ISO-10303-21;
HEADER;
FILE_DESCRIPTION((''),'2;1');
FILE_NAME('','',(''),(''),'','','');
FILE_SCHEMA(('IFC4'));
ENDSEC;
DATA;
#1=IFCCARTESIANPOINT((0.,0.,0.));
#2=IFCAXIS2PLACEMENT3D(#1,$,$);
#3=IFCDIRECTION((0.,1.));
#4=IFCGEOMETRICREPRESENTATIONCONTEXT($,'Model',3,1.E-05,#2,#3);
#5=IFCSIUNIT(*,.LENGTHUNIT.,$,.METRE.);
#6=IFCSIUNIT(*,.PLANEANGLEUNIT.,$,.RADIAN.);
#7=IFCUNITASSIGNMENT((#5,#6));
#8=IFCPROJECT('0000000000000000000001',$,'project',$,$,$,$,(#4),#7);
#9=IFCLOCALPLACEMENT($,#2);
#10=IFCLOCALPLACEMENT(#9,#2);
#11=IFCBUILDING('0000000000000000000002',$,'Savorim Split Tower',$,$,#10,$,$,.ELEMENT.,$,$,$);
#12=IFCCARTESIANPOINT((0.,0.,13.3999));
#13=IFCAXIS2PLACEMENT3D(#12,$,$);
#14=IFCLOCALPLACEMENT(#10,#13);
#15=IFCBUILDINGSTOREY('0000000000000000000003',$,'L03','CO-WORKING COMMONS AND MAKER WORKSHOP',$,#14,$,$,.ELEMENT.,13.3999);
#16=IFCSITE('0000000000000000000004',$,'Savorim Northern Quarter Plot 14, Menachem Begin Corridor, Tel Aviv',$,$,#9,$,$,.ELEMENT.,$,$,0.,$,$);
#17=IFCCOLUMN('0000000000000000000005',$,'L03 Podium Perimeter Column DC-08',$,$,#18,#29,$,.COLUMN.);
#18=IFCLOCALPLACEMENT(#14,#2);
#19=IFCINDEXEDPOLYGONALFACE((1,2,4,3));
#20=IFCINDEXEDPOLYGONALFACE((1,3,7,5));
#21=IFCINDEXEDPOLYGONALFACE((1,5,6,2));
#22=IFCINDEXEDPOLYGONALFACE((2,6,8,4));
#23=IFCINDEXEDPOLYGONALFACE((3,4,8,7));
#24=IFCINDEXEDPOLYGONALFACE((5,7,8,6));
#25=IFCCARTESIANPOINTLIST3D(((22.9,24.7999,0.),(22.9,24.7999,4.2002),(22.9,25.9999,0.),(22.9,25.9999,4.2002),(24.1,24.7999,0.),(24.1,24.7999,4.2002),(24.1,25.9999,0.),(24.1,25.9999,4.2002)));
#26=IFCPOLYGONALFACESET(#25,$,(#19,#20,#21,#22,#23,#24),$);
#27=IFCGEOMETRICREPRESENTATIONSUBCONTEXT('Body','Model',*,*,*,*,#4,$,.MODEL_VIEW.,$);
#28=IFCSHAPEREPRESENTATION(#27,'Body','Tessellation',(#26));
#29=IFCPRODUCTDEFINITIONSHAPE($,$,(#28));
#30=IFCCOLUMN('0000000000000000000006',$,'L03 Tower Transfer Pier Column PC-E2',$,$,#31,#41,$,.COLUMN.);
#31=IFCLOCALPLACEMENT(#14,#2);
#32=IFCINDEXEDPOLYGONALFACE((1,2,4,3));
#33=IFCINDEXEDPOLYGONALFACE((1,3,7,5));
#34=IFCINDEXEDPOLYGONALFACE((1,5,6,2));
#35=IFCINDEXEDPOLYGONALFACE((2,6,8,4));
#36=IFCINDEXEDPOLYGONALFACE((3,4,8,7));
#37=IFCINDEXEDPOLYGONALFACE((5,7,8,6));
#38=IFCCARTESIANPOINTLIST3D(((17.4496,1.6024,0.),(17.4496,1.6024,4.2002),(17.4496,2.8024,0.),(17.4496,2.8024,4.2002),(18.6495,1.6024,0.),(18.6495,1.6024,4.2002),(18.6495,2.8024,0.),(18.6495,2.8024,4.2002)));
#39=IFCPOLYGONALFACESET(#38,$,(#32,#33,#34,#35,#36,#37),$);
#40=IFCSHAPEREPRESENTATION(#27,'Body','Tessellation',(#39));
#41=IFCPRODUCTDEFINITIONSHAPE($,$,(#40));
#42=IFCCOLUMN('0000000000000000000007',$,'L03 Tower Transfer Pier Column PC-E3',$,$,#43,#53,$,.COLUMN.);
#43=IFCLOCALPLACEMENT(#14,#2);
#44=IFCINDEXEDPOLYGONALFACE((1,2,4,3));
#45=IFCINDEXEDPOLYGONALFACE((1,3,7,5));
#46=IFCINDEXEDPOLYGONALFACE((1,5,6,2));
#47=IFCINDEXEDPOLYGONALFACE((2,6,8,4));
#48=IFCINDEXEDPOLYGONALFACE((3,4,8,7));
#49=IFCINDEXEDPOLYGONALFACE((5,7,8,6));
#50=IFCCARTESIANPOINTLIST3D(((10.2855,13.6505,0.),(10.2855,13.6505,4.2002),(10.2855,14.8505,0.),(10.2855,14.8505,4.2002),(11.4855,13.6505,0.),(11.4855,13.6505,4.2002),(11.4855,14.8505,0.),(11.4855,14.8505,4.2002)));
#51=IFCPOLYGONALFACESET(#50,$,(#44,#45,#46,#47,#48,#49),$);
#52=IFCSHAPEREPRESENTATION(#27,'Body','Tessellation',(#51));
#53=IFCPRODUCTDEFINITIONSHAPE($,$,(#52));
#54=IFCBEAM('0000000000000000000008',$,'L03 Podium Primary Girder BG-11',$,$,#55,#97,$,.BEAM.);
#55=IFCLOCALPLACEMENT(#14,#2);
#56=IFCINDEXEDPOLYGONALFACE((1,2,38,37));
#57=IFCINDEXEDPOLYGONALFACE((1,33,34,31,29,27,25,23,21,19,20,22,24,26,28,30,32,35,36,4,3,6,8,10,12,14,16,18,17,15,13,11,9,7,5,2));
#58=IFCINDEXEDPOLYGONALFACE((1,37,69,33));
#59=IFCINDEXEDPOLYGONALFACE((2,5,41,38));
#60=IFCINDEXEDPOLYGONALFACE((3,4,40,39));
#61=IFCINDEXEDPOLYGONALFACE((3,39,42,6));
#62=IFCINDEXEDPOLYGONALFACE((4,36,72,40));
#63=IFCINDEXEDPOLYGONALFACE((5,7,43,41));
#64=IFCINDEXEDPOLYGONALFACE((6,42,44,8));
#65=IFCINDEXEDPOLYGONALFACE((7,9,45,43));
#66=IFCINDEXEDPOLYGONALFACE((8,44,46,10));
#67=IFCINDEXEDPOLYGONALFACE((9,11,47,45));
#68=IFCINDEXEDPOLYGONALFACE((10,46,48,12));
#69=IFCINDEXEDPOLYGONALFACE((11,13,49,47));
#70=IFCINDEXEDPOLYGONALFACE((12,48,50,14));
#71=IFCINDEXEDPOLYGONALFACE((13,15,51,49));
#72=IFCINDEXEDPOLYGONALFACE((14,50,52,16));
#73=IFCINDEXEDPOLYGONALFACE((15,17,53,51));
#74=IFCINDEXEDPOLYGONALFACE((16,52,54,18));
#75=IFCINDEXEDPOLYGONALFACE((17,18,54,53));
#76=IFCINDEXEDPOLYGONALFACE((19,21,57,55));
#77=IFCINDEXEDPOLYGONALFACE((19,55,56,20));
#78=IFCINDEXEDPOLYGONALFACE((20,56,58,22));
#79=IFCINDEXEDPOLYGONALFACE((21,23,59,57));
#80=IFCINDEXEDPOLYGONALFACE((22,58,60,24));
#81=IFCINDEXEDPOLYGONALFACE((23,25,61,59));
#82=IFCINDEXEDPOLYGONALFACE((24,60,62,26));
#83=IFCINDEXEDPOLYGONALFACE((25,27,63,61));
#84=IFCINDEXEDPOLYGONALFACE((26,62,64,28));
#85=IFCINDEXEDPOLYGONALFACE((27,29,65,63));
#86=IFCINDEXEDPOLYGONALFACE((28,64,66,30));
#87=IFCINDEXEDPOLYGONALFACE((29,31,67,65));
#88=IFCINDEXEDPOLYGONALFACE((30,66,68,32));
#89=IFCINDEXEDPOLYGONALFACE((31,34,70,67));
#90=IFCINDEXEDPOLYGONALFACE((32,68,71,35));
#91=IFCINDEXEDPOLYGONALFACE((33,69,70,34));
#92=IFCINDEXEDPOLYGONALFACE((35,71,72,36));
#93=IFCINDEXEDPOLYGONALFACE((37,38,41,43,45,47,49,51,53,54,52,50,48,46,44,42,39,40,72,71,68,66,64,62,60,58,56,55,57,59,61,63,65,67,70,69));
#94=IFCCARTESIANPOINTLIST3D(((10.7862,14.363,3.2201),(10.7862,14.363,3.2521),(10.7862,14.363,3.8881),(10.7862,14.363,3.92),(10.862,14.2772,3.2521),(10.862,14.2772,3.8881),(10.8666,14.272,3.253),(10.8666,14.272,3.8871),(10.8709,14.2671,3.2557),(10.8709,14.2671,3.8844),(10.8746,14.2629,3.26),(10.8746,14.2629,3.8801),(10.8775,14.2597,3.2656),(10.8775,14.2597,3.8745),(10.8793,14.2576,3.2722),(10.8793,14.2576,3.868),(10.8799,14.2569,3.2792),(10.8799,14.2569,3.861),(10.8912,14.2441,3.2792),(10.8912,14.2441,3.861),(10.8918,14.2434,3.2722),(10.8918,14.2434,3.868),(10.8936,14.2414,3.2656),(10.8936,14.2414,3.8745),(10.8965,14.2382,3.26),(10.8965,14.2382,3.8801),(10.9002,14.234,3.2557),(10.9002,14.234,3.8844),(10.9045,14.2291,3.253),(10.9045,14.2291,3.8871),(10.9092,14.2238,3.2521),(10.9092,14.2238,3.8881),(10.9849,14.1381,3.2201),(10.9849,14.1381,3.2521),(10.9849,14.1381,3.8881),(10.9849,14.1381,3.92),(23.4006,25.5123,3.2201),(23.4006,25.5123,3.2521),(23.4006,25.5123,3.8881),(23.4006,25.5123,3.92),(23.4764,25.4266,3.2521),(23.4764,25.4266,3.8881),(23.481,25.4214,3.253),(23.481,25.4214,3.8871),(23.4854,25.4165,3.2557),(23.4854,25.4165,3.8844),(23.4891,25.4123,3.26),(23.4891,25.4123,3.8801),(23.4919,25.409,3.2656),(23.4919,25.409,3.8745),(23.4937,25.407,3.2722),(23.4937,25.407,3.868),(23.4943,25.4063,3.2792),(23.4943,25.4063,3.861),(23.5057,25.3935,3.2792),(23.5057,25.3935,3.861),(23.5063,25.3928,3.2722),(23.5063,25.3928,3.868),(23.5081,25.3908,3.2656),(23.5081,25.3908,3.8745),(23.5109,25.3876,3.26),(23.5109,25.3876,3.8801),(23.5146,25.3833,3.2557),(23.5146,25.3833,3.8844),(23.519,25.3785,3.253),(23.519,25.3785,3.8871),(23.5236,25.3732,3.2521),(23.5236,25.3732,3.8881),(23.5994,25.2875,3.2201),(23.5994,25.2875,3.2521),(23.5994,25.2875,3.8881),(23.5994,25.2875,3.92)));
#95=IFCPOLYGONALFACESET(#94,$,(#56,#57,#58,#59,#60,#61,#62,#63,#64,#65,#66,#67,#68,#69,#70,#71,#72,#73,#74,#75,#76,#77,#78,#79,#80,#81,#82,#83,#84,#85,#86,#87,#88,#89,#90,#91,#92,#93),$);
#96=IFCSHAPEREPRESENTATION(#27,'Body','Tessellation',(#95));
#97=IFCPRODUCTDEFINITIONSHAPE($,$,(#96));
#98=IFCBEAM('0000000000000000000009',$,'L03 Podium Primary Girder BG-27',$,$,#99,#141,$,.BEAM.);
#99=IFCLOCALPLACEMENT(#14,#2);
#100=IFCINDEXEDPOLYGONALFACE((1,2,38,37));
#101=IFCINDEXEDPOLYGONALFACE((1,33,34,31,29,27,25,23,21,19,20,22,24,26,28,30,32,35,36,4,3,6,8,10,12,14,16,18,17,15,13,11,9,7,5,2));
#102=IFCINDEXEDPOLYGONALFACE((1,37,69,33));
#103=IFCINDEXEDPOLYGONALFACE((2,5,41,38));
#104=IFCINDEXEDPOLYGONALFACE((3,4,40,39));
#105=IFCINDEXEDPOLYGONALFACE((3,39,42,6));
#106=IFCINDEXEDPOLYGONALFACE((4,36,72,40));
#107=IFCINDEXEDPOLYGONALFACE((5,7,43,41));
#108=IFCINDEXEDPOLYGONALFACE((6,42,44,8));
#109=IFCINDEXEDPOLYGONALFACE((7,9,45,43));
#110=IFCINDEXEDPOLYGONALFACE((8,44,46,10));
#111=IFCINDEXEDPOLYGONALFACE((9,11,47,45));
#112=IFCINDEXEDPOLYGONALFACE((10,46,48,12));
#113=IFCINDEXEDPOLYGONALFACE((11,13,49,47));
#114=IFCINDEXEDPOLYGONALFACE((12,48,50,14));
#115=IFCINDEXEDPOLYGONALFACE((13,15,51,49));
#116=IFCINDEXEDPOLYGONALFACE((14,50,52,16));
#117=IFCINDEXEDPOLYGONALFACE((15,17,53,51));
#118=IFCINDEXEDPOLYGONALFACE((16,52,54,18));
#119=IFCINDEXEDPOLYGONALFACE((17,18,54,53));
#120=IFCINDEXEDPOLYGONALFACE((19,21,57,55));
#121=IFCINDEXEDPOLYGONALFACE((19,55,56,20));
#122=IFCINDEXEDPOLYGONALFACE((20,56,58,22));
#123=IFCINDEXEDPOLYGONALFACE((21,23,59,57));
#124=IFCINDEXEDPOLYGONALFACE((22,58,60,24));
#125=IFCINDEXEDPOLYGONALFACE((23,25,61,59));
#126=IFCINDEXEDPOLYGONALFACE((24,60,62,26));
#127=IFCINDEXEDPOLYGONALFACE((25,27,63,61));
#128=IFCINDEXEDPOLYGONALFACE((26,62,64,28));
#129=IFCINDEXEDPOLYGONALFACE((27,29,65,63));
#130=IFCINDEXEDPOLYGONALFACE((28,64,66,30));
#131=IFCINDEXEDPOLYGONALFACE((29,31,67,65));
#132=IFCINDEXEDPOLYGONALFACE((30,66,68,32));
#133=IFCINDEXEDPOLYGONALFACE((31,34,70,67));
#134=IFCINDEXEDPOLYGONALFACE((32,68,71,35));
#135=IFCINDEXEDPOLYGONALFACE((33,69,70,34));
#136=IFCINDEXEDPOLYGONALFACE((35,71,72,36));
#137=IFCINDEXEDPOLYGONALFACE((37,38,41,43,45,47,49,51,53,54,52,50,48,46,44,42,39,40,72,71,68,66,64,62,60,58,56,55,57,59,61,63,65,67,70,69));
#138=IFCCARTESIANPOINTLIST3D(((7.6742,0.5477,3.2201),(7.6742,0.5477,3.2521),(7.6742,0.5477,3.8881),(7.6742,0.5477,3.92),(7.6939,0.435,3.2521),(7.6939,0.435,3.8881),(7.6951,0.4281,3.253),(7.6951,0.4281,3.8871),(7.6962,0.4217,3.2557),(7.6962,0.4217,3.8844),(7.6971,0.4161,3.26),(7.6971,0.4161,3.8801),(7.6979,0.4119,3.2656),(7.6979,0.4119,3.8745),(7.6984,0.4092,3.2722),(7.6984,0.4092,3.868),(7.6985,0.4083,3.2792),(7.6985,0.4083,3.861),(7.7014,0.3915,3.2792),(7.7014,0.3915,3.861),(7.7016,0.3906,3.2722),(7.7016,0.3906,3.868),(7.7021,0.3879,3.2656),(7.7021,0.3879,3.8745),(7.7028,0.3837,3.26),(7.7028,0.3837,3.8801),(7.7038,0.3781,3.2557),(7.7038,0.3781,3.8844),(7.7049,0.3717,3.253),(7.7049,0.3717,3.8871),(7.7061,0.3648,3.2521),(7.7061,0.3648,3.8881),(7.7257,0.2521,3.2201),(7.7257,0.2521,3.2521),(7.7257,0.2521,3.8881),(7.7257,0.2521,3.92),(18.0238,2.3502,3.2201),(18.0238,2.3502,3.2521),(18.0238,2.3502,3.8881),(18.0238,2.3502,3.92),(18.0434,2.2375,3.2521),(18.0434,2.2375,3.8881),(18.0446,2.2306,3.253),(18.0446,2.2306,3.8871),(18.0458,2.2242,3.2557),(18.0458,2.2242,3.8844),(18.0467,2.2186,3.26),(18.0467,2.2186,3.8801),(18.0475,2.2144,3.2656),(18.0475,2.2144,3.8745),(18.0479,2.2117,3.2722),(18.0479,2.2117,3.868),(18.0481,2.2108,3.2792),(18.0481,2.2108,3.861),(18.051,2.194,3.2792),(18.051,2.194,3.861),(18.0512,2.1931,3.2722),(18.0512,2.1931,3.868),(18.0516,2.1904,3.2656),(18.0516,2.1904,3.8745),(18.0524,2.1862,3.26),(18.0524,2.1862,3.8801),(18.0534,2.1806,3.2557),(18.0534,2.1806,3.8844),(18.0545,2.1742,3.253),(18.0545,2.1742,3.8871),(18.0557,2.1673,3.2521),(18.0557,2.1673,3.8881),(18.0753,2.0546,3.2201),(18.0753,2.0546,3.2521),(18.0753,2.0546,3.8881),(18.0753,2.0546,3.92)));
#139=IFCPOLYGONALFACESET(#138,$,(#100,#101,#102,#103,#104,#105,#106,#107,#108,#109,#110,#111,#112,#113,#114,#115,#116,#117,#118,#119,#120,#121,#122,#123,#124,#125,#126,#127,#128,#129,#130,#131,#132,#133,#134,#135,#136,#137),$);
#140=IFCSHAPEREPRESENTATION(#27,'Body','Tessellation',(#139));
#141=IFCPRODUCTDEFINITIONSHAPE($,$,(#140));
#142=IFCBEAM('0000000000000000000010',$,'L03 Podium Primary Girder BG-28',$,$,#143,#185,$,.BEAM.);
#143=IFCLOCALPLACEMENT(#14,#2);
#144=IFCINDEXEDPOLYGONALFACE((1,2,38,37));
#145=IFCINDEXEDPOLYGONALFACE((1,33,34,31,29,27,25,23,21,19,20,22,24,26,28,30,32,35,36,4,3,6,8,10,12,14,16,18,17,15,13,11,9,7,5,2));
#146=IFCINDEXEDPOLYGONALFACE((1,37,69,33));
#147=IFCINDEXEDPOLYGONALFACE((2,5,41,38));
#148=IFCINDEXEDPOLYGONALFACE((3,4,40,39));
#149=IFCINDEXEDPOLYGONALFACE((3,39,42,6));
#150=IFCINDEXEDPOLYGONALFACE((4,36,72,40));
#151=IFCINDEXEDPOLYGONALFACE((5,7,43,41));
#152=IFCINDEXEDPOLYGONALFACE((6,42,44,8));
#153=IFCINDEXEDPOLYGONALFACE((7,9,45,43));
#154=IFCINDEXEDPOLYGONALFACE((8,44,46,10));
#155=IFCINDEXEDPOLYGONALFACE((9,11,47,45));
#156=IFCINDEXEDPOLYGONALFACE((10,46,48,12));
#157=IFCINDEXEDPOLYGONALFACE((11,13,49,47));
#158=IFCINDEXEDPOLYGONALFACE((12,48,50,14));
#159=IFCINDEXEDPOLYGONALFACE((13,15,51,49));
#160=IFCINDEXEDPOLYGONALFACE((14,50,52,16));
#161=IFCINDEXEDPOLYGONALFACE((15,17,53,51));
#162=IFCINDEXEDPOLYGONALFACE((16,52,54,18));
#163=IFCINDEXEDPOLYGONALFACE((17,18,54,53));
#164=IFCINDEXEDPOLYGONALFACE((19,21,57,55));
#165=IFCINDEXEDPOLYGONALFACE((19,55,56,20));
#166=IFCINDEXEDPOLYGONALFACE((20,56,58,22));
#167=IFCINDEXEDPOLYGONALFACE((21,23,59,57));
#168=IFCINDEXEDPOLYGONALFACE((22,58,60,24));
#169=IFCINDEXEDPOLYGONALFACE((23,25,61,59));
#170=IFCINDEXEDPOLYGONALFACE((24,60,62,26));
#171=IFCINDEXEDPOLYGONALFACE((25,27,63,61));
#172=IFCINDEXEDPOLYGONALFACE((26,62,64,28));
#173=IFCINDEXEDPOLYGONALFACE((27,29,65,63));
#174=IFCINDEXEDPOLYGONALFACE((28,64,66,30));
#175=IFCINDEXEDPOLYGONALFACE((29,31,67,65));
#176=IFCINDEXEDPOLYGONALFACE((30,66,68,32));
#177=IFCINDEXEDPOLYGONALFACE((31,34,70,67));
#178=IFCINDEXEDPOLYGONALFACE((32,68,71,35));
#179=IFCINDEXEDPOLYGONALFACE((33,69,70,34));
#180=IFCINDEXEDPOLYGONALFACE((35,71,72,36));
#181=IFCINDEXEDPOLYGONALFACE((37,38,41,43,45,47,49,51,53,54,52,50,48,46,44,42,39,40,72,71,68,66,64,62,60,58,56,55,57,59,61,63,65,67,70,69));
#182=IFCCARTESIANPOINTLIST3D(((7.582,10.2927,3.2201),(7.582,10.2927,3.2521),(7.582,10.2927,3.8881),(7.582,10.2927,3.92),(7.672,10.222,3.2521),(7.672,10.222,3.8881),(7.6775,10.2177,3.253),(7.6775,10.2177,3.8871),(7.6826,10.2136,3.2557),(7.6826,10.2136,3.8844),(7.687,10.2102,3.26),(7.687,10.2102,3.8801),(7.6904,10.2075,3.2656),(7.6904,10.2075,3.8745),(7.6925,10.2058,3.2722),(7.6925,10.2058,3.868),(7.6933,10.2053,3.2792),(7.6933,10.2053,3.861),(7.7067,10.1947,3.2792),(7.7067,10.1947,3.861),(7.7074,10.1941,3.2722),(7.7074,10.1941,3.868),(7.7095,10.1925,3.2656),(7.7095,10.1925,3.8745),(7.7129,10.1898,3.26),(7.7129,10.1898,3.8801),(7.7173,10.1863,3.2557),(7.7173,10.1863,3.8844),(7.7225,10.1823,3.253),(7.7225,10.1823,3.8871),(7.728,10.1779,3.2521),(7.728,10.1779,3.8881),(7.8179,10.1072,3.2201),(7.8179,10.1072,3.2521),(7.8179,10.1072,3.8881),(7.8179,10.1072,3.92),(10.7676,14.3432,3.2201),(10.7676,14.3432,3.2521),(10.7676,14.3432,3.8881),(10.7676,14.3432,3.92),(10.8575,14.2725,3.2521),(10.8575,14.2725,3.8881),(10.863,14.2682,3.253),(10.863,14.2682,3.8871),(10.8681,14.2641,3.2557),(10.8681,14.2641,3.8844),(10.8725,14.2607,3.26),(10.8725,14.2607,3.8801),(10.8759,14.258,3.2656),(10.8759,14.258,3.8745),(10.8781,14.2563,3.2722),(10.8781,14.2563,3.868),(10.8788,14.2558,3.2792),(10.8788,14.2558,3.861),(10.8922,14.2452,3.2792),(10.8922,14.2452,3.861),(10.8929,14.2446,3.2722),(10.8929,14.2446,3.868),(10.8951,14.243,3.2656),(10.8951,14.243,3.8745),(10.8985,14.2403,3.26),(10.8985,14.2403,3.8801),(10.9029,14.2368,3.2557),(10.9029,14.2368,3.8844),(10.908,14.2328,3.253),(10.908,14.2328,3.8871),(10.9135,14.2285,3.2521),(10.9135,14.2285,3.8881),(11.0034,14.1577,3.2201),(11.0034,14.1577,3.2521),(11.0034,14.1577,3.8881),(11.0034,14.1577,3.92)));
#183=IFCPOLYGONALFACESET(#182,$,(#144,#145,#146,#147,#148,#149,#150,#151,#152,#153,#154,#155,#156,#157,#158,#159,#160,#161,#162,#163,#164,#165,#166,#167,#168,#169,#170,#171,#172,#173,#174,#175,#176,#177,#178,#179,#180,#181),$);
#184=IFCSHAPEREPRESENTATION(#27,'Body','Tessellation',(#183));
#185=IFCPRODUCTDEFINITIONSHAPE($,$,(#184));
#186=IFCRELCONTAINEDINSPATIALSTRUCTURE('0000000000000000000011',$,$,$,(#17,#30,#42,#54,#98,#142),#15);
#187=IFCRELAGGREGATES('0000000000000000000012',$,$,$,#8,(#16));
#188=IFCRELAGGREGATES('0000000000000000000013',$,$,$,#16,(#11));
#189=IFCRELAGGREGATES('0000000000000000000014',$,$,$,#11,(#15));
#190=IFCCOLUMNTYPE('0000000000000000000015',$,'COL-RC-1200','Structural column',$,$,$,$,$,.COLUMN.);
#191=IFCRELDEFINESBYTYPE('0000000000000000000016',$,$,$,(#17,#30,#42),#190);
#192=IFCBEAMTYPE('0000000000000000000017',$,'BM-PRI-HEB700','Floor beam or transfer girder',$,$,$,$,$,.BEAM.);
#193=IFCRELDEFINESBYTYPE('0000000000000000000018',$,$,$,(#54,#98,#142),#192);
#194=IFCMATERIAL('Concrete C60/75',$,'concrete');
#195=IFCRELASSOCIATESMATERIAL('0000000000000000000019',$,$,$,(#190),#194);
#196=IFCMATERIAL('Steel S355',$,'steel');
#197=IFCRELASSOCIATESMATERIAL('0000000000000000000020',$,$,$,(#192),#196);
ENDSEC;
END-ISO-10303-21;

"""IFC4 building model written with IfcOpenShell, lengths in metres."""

from ifc_helpers import new_model, si_unit, direction, frame, origin, origin_2d, place, context, subcontext, project, spatial, rectangle, i_section, extrude, material, material_profile, profile_set, type_object, element, save


model = new_model("IFC4")

# Units and contexts
model_context = context("Model", 3, precision=1e-05, world=origin(), true_north=direction((0.0, 1.0)))
body_context = subcontext(model_context, "Body", "Model", "MODEL_VIEW")
ifc_project = project(units=[si_unit("LENGTHUNIT", "METRE"), si_unit("PLANEANGLEUNIT", "RADIAN")], contexts=[model_context])

# Site, building, storey
site_placement = place(None, origin())
site = spatial("IfcSite", under=ifc_project, at=site_placement, Name="Savorim Northern Quarter Plot 14, Menachem Begin Corridor, Tel Aviv", CompositionType="ELEMENT", RefElevation=0.0)
building_placement = place(site_placement, origin())
building = spatial("IfcBuilding", under=site, at=building_placement, Name="Savorim Split Tower", CompositionType="ELEMENT")
storey_placement = place(building_placement, frame((0.0, 0.0, 13.3999)))
storey = spatial("IfcBuildingStorey", under=building, at=storey_placement, Name="L03", Description="CO-WORKING COMMONS AND MAKER WORKSHOP", CompositionType="ELEMENT", Elevation=13.3999)

# Columns
ifc_material_1 = material(Name="Concrete C60/75", Category="concrete")
ifc_material_profile_1 = material_profile(ifc_material_1, rectangle(XDim=1.2, YDim=1.2, at=origin_2d()), Name="RC 1200x1200")
ifc_profile_set_1 = profile_set([ifc_material_profile_1], Name="Concrete C60/75")
column_type = type_object("IfcColumnType", Name="COL-RC-1200", Description="Structural column", PredefinedType="COLUMN", material=ifc_profile_set_1)
for number, where, z_axis, x_axis, name in (
    (1, (23.5, 25.3999, 0.0), (0.0, 0.0, 1.0), (1.0, 0.0, 0.0), "L03 Podium Perimeter Column DC-08"),
    (2, (18.0496, 2.2024, 0.0), (0.0, 0.0, 1.0), (1.0, 0.0, 0.0), "L03 Tower Transfer Pier Column PC-E2"),
    (3, (10.8855, 14.2505, 0.0), (0.0, 0.0, 1.0), (1.0, 0.0, 0.0), "L03 Tower Transfer Pier Column PC-E3"),
):
    element("IfcColumn", number, at=place(storey_placement, frame(where, z_axis=z_axis, x_axis=x_axis)), inside=storey, type_object=column_type, Name=name, PredefinedType="COLUMN", context=body_context, shape_type="SweptSolid", body=[
        extrude(rectangle(XDim=1.2, YDim=1.2, at=origin_2d()), origin(), (0.0, 0.0, 1.0), 4.2002),
    ])

# Beams
ifc_material_2 = material(Name="Steel S355", Category="steel")
ifc_material_profile_2 = material_profile(ifc_material_2, i_section(OverallWidth=0.3, OverallDepth=0.7, WebThickness=0.0171, FlangeThickness=0.032, FilletRadius=0.0271, at=origin_2d()), Name="HEB 700")
ifc_profile_set_2 = profile_set([ifc_material_profile_2], Name="Steel S355")
beam_type_1 = type_object("IfcBeamType", Name="BM-PRI-HEB700", Description="Floor beam or transfer girder", PredefinedType="BEAM", material=ifc_profile_set_2)
beam_1_placement = place(storey_placement, frame((23.5, 25.3999, 3.5701), z_axis=(-0.749279, -0.662255, 0.0), x_axis=(0.662255, -0.749279, 0.0)))
element("IfcBeam", 4, at=beam_1_placement, inside=storey, type_object=beam_type_1, Name="L03 Podium Primary Girder BG-11", PredefinedType="BEAM", context=body_context, shape_type="SweptSolid", body=[
    extrude(i_section(OverallWidth=0.3, OverallDepth=0.7, WebThickness=0.0171, FlangeThickness=0.032, FilletRadius=0.0271, at=origin_2d()), origin(), (0.0, 0.0, 1.0), 16.8354),
])
beam_2_placement = place(storey_placement, frame((18.0496, 2.2024, 3.5701), z_axis=(-0.985171, -0.171578, 0.0), x_axis=(0.171578, -0.985171, 0.0)))
element("IfcBeam", 5, at=beam_2_placement, inside=storey, type_object=beam_type_1, Name="L03 Podium Primary Girder BG-27", PredefinedType="BEAM", context=body_context, shape_type="SweptSolid", body=[
    extrude(i_section(OverallWidth=0.3, OverallDepth=0.7, WebThickness=0.0171, FlangeThickness=0.032, FilletRadius=0.0271, at=origin_2d()), origin(), (0.0, 0.0, 1.0), 10.5054),
])
beam_3_placement = place(storey_placement, frame((10.8855, 14.2505, 3.5701), z_axis=(-0.618179, -0.786037, 0.0), x_axis=(0.786037, -0.618179, 0.0)))
element("IfcBeam", 6, at=beam_3_placement, inside=storey, type_object=beam_type_1, Name="L03 Podium Primary Girder BG-28", PredefinedType="BEAM", context=body_context, shape_type="SweptSolid", body=[
    extrude(i_section(OverallWidth=0.3, OverallDepth=0.7, WebThickness=0.0171, FlangeThickness=0.032, FilletRadius=0.0271, at=origin_2d()), origin(), (0.0, 0.0, 1.0), 5.1531),
])

save(model, "model.ifc")
